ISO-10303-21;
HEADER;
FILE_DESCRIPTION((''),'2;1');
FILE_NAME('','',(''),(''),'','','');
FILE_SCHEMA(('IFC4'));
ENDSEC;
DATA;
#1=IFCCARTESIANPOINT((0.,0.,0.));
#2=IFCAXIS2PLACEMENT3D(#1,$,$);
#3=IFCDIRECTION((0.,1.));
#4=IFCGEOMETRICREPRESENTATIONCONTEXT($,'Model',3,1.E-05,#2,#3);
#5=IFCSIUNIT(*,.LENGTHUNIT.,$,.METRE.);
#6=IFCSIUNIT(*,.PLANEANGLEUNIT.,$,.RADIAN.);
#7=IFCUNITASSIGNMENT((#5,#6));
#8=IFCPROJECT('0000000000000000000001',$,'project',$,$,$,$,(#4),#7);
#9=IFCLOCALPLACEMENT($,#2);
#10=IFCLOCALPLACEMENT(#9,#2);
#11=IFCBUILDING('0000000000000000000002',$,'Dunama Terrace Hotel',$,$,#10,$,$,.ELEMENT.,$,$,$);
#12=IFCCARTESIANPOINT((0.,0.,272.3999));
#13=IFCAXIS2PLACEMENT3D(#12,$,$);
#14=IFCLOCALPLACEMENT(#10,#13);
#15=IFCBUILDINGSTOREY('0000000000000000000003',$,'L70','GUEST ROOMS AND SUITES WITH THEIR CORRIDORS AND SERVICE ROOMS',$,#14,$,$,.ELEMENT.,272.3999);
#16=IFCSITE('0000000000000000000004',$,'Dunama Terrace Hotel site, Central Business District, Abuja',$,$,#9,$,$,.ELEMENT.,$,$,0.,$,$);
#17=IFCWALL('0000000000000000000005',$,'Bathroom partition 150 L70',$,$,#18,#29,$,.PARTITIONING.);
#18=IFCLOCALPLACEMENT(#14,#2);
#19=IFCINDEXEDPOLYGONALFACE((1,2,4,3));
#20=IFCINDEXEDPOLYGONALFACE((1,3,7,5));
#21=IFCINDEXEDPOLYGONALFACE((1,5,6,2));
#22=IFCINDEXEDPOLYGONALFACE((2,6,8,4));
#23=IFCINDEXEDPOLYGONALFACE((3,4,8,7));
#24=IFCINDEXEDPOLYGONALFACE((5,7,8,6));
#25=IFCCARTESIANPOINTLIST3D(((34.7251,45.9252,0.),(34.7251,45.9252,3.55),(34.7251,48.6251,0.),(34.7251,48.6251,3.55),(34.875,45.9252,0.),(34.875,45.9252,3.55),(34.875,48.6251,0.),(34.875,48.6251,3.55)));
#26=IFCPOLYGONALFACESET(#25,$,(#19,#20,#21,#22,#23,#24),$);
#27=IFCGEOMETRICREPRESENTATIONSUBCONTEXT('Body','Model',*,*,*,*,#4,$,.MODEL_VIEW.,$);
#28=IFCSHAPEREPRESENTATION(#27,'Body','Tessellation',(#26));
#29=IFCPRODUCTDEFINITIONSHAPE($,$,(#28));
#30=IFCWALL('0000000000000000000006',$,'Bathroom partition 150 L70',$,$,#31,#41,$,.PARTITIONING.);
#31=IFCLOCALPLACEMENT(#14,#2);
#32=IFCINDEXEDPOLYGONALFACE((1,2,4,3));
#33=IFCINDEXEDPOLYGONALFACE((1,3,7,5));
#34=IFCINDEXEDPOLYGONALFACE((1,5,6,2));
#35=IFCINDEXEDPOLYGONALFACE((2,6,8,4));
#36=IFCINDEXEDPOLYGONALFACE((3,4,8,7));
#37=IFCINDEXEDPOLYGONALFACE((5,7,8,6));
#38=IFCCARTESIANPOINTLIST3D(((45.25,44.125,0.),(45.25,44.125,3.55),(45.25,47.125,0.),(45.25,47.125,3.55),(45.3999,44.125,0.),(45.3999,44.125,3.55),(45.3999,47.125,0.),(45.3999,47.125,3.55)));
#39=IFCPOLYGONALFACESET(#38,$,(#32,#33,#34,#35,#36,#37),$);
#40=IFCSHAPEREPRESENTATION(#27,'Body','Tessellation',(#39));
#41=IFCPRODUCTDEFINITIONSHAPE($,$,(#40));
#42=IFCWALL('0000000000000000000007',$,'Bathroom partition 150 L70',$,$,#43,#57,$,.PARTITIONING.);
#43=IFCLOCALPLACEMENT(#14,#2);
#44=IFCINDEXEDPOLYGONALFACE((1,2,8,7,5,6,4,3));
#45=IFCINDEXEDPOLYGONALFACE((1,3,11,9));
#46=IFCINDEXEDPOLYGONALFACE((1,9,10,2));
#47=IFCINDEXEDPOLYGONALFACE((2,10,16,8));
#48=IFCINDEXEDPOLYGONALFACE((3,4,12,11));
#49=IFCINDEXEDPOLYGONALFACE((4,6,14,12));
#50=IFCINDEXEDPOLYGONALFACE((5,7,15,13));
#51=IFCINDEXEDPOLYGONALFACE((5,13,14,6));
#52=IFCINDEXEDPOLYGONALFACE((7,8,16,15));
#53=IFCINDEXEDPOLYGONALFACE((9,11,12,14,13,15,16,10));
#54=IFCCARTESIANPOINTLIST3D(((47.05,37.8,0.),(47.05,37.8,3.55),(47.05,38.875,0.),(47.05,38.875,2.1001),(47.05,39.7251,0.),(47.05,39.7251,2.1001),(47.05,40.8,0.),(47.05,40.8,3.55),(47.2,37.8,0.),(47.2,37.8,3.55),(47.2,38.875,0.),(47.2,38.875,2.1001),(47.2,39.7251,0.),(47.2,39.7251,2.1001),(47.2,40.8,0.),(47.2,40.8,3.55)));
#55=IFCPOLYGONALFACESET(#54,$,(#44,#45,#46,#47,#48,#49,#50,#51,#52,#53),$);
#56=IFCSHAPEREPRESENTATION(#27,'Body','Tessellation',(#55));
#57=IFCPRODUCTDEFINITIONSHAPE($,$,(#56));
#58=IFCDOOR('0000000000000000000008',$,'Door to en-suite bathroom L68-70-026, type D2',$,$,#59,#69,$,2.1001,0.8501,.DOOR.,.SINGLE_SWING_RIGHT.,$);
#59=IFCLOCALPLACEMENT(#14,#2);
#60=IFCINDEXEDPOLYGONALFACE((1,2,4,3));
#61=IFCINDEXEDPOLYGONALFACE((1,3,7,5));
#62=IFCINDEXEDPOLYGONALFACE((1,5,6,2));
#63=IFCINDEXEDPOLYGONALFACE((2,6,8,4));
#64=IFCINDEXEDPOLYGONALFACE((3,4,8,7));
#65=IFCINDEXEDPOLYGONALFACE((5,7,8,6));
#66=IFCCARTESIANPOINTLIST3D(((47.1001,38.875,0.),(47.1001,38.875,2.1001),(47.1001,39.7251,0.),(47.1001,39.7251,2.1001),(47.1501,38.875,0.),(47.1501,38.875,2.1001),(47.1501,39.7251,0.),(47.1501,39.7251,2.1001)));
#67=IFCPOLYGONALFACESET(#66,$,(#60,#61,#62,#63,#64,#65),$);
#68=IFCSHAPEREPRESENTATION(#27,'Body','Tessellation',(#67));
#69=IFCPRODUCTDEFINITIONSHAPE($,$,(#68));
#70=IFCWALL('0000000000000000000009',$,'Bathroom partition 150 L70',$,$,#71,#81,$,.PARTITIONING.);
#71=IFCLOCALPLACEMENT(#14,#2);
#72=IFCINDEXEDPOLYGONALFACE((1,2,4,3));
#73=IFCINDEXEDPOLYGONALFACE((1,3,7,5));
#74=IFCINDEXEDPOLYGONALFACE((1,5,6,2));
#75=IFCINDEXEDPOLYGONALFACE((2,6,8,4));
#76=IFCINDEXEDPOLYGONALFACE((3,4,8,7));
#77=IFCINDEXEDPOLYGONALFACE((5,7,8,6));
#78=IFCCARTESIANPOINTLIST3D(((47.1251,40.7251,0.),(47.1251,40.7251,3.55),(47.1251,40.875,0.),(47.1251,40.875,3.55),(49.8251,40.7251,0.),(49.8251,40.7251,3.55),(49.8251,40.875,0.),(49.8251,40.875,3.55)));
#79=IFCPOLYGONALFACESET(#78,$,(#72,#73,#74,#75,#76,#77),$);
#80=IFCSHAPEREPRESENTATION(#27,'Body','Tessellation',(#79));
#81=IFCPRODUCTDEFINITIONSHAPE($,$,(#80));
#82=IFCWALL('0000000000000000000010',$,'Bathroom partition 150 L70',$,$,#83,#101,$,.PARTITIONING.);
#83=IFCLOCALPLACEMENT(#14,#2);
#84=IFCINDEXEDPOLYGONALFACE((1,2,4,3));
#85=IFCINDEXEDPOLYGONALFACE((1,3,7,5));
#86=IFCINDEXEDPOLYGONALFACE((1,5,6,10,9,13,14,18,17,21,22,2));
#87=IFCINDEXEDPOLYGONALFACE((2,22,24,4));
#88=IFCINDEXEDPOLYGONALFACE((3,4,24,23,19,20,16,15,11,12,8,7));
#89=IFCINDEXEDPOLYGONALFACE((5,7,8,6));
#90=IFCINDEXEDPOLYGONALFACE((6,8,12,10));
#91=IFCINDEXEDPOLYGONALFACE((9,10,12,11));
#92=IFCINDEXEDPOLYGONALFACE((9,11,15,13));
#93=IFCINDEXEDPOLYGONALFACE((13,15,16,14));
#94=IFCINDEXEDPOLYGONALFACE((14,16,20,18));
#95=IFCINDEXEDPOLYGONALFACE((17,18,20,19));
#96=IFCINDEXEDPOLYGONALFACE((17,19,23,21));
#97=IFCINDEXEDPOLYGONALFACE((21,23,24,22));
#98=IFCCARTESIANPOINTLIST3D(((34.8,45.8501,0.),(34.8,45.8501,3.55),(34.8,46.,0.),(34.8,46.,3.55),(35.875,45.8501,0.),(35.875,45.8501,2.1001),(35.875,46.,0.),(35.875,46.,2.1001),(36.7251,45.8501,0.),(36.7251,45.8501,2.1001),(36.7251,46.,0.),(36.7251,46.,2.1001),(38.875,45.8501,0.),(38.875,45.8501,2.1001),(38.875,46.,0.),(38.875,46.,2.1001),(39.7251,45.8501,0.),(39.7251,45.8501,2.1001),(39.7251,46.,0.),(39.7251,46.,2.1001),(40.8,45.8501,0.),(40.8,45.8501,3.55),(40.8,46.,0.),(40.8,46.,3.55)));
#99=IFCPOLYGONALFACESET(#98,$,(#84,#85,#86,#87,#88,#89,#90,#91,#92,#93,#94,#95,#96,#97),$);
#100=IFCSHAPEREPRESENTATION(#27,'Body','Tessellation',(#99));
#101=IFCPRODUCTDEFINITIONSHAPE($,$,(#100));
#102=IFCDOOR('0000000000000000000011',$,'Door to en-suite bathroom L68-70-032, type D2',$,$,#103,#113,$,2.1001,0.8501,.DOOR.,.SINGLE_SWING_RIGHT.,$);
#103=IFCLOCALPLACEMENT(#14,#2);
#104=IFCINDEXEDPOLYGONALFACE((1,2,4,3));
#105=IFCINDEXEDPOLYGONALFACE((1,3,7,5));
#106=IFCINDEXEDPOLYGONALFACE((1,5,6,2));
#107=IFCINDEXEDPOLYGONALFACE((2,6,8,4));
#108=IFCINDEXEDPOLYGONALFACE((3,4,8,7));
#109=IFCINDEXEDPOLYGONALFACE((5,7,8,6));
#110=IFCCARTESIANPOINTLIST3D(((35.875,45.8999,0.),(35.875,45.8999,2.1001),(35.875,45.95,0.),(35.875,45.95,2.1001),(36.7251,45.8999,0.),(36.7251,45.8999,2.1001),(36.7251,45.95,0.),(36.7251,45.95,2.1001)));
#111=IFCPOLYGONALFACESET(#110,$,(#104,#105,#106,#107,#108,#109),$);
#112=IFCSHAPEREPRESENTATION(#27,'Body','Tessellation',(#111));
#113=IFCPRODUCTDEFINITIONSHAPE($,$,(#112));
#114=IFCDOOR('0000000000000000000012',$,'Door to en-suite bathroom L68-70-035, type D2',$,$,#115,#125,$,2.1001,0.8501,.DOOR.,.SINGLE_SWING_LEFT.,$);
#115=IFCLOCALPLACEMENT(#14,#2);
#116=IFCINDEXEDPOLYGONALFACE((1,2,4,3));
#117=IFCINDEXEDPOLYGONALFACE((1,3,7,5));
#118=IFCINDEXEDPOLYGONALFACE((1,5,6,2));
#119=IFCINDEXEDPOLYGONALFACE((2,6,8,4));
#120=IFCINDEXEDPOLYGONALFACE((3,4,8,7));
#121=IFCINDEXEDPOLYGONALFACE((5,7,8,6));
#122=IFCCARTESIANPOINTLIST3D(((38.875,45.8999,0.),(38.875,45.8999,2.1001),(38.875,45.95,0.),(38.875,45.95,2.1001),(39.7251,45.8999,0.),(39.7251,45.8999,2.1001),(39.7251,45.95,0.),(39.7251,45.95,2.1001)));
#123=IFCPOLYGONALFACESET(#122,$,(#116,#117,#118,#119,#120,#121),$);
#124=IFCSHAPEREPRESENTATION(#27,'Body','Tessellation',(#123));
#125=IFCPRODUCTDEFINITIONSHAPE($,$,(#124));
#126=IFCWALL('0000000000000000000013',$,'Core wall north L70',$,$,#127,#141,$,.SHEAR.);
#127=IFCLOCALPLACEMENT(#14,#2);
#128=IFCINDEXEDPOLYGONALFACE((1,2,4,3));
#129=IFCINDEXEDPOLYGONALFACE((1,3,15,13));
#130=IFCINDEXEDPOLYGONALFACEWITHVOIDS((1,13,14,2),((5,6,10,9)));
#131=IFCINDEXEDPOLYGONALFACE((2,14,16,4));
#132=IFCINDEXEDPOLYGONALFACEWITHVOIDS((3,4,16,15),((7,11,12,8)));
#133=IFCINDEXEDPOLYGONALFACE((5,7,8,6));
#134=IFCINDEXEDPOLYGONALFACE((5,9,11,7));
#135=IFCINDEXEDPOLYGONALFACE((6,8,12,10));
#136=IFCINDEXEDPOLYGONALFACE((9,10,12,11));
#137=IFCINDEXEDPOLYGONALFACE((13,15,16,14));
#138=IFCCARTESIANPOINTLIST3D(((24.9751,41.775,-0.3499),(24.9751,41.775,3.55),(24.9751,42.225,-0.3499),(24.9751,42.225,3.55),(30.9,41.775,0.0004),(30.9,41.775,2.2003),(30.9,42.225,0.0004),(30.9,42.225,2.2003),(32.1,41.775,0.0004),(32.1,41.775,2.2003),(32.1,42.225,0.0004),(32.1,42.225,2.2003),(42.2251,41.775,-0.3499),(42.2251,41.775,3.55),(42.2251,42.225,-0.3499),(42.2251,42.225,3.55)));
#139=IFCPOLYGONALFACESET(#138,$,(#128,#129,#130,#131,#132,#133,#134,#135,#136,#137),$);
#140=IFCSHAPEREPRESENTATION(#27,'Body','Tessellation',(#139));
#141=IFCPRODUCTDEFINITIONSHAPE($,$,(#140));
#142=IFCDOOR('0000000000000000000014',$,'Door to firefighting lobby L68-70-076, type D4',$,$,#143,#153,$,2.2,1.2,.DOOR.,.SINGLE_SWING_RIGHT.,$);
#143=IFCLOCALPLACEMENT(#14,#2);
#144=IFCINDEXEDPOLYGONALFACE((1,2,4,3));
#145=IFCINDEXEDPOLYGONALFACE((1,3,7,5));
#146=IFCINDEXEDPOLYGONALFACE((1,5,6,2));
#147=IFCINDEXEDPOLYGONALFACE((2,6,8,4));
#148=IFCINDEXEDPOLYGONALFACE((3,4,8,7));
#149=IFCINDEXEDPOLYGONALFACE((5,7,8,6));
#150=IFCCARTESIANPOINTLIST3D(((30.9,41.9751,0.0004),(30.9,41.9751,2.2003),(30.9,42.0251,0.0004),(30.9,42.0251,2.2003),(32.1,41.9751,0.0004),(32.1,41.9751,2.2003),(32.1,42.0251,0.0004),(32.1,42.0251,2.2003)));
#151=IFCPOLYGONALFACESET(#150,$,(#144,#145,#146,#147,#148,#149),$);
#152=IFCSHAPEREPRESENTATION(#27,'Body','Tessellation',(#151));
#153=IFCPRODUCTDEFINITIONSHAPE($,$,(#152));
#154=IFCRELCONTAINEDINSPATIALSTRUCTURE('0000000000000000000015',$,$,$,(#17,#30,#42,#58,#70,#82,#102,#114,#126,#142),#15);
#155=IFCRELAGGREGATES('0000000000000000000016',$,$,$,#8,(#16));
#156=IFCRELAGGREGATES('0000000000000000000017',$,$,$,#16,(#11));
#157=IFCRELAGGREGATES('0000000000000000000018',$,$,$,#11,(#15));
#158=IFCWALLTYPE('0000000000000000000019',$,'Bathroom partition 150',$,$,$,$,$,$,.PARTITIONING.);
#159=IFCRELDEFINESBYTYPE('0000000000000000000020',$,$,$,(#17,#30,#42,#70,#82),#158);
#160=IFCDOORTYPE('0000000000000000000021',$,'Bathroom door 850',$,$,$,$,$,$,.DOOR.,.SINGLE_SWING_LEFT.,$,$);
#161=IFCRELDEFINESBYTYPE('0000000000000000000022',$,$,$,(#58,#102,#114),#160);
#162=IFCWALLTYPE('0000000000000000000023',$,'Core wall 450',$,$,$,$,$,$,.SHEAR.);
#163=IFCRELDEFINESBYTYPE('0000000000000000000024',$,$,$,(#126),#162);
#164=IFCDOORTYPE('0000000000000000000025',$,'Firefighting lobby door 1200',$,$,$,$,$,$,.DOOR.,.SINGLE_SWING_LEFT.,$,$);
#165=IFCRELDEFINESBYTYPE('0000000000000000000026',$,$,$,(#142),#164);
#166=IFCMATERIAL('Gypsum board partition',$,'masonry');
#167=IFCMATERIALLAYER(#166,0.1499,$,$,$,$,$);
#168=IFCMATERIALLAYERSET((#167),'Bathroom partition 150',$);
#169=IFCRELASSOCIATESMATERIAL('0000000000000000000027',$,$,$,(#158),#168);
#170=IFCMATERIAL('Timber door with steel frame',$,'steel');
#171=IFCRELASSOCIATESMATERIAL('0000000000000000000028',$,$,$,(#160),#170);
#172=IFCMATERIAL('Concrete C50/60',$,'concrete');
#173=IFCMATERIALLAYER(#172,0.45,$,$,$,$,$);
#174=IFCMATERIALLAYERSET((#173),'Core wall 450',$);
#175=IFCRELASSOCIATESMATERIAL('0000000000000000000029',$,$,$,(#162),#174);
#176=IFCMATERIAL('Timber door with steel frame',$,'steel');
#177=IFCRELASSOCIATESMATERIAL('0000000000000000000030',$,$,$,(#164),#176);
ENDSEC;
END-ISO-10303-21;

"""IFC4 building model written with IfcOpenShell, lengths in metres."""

from ifc_helpers import new_model, si_unit, direction, frame, frame_2d, origin, place, context, subcontext, project, spatial, rectangle, extrude, material, layer, layer_set, type_object, element, fill, save


model = new_model("IFC4")

# Units and contexts
model_context = context("Model", 3, precision=1e-05, world=origin(), true_north=direction((0.0, 1.0)))
body_context = subcontext(model_context, "Body", "Model", "MODEL_VIEW")
ifc_project = project(units=[si_unit("LENGTHUNIT", "METRE"), si_unit("PLANEANGLEUNIT", "RADIAN")], contexts=[model_context])

# Site, building, storey
site_placement = place(None, origin())
site = spatial("IfcSite", under=ifc_project, at=site_placement, Name="Dunama Terrace Hotel site, Central Business District, Abuja", CompositionType="ELEMENT", RefElevation=0.0)
building_placement = place(site_placement, origin())
building = spatial("IfcBuilding", under=site, at=building_placement, Name="Dunama Terrace Hotel", CompositionType="ELEMENT")
storey_placement = place(building_placement, frame((0.0, 0.0, 272.3999)))
storey = spatial("IfcBuildingStorey", under=building, at=storey_placement, Name="L70", Description="GUEST ROOMS AND SUITES WITH THEIR CORRIDORS AND SERVICE ROOMS", CompositionType="ELEMENT", Elevation=272.3999)

# Walls
ifc_material_1 = material(Name="Gypsum board partition", Category="masonry")
ifc_layer_1 = layer(ifc_material_1, 0.1499)
ifc_layer_set_1 = layer_set([ifc_layer_1], Name="Bathroom partition 150")
wall_type_1 = type_object("IfcWallType", Name="Bathroom partition 150", PredefinedType="PARTITIONING", material=ifc_layer_set_1)
wall_1_placement = place(storey_placement, frame((34.8, 45.925, 0.0), z_axis=(0.0, 0.0, 1.0), x_axis=(0.0, 1.0, 0.0)))
element("IfcWall", 1, at=wall_1_placement, inside=storey, type_object=wall_type_1, Name="Bathroom partition 150 L70", PredefinedType="PARTITIONING", context=body_context, shape_type="SweptSolid", body=[
    extrude(rectangle(XDim=2.7, YDim=0.1499, at=frame_2d((1.3501, 0.0))), origin(), (0.0, 0.0, 1.0), 3.55),
])
wall_2_placement = place(storey_placement, frame((45.325, 44.125, 0.0), z_axis=(0.0, 0.0, 1.0), x_axis=(0.0, 1.0, 0.0)))
element("IfcWall", 2, at=wall_2_placement, inside=storey, type_object=wall_type_1, Name="Bathroom partition 150 L70", PredefinedType="PARTITIONING", context=body_context, shape_type="SweptSolid", body=[
    extrude(rectangle(XDim=3.0, YDim=0.1499, at=frame_2d((1.5, 0.0))), origin(), (0.0, 0.0, 1.0), 3.55),
])

# Wall, opening, door
wall_3_placement = place(storey_placement, frame((47.125, 37.8, 0.0), z_axis=(0.0, 0.0, 1.0), x_axis=(0.0, 1.0, 0.0)))
wall_3 = element("IfcWall", 3, at=wall_3_placement, inside=storey, type_object=wall_type_1, Name="Bathroom partition 150 L70", PredefinedType="PARTITIONING", context=body_context, shape_type="SweptSolid", body=[
    extrude(rectangle(XDim=3.0, YDim=0.1499, at=frame_2d((1.5, 0.0))), origin(), (0.0, 0.0, 1.0), 3.55),
])
opening_1_placement = place(wall_3_placement, frame((1.075, 0.0, 0.0)))
opening_1 = element("IfcOpeningElement", 4, at=opening_1_placement, cuts=wall_3, PredefinedType="OPENING", context=body_context, shape_type="SweptSolid", body=[
    extrude(rectangle(XDim=0.8501, YDim=2.1001, at=frame_2d((0.425, 1.05))), frame((0.0, 0.085, 0.0), z_axis=(0.0, -1.0, 0.0), x_axis=(1.0, 0.0, 0.0)), (0.0, 0.0, 1.0), 0.1699),
])
ifc_material_2 = material(Name="Timber door with steel frame", Category="steel")
door_type_1 = type_object("IfcDoorType", Name="Bathroom door 850", OperationType="SINGLE_SWING_LEFT", PredefinedType="DOOR", material=ifc_material_2)
door_1_placement = place(opening_1_placement, frame((0.8501, 0.0, 0.0), z_axis=(0.0, 0.0, 1.0), x_axis=(-1.0, 0.0, 0.0)))
door_1 = element("IfcDoor", 5, at=door_1_placement, inside=storey, type_object=door_type_1, Name="Door to en-suite bathroom L68-70-026, type D2", OperationType="SINGLE_SWING_RIGHT", OverallHeight=2.1001, OverallWidth=0.8501, PredefinedType="DOOR", context=body_context, shape_type="SweptSolid", body=[
    extrude(rectangle(XDim=0.8501, YDim=2.1001, at=frame_2d((0.425, 1.05))), frame((0.0, 0.0251, 0.0), z_axis=(0.0, -1.0, 0.0), x_axis=(1.0, 0.0, 0.0)), (0.0, 0.0, 1.0), 0.05),
])
fill(opening_1, door_1)

# Wall
wall_4_placement = place(storey_placement, frame((47.125, 40.8, 0.0), z_axis=(0.0, 0.0, 1.0), x_axis=(1.0, 0.0, 0.0)))
element("IfcWall", 6, at=wall_4_placement, inside=storey, type_object=wall_type_1, Name="Bathroom partition 150 L70", PredefinedType="PARTITIONING", context=body_context, shape_type="SweptSolid", body=[
    extrude(rectangle(XDim=2.7, YDim=0.1499, at=frame_2d((1.3501, 0.0))), origin(), (0.0, 0.0, 1.0), 3.55),
])

# Wall, openings, doors
wall_5_placement = place(storey_placement, frame((34.8, 45.925, 0.0), z_axis=(0.0, 0.0, 1.0), x_axis=(1.0, 0.0, 0.0)))
wall_5 = element("IfcWall", 7, at=wall_5_placement, inside=storey, type_object=wall_type_1, Name="Bathroom partition 150 L70", PredefinedType="PARTITIONING", context=body_context, shape_type="SweptSolid", body=[
    extrude(rectangle(XDim=6.0, YDim=0.1499, at=frame_2d((3.0, 0.0))), origin(), (0.0, 0.0, 1.0), 3.55),
])
opening_2_placement = place(wall_5_placement, frame((1.075, 0.0, 0.0)))
opening_2 = element("IfcOpeningElement", 8, at=opening_2_placement, cuts=wall_5, PredefinedType="OPENING", context=body_context, shape_type="SweptSolid", body=[
    extrude(rectangle(XDim=0.8501, YDim=2.1001, at=frame_2d((0.425, 1.05))), frame((0.0, 0.085, 0.0), z_axis=(0.0, -1.0, 0.0), x_axis=(1.0, 0.0, 0.0)), (0.0, 0.0, 1.0), 0.1699),
])
opening_3_placement = place(wall_5_placement, frame((4.075, 0.0, 0.0)))
opening_3 = element("IfcOpeningElement", 9, at=opening_3_placement, cuts=wall_5, PredefinedType="OPENING", context=body_context, shape_type="SweptSolid", body=[
    extrude(rectangle(XDim=0.8501, YDim=2.1001, at=frame_2d((0.425, 1.05))), frame((0.0, 0.085, 0.0), z_axis=(0.0, -1.0, 0.0), x_axis=(1.0, 0.0, 0.0)), (0.0, 0.0, 1.0), 0.1699),
])
door_2_placement = place(opening_2_placement, origin())
door_2 = element("IfcDoor", 10, at=door_2_placement, inside=storey, type_object=door_type_1, Name="Door to en-suite bathroom L68-70-032, type D2", OperationType="SINGLE_SWING_RIGHT", OverallHeight=2.1001, OverallWidth=0.8501, PredefinedType="DOOR", context=body_context, shape_type="SweptSolid", body=[
    extrude(rectangle(XDim=0.8501, YDim=2.1001, at=frame_2d((0.425, 1.05))), frame((0.0, 0.0249, 0.0), z_axis=(0.0, -1.0, 0.0), x_axis=(1.0, 0.0, 0.0)), (0.0, 0.0, 1.0), 0.05),
])
fill(opening_2, door_2)
door_3_placement = place(opening_3_placement, origin())
door_3 = element("IfcDoor", 11, at=door_3_placement, inside=storey, type_object=door_type_1, Name="Door to en-suite bathroom L68-70-035, type D2", OperationType="SINGLE_SWING_LEFT", OverallHeight=2.1001, OverallWidth=0.8501, PredefinedType="DOOR", context=body_context, shape_type="SweptSolid", body=[
    extrude(rectangle(XDim=0.8501, YDim=2.1001, at=frame_2d((0.425, 1.05))), frame((0.0, 0.0249, 0.0), z_axis=(0.0, -1.0, 0.0), x_axis=(1.0, 0.0, 0.0)), (0.0, 0.0, 1.0), 0.05),
])
fill(opening_3, door_3)

# Wall, opening, door
ifc_material_3 = material(Name="Concrete C50/60", Category="concrete")
ifc_layer_2 = layer(ifc_material_3, 0.45)
ifc_layer_set_2 = layer_set([ifc_layer_2], Name="Core wall 450")
wall_type_2 = type_object("IfcWallType", Name="Core wall 450", PredefinedType="SHEAR", material=ifc_layer_set_2)
wall_6_placement = place(storey_placement, frame((42.2251, 42.0, -0.3499), z_axis=(0.0, 0.0, 1.0), x_axis=(-1.0, 0.0, 0.0)))
wall_6 = element("IfcWall", 12, at=wall_6_placement, inside=storey, type_object=wall_type_2, Name="Core wall north L70", PredefinedType="SHEAR", context=body_context, shape_type="SweptSolid", body=[
    extrude(rectangle(XDim=17.25, YDim=0.45, at=frame_2d((8.625, 0.0))), origin(), (0.0, 0.0, 1.0), 3.8999),
])
opening_4_placement = place(wall_6_placement, frame((10.125, 0.0, 0.3501)))
opening_4 = element("IfcOpeningElement", 13, at=opening_4_placement, cuts=wall_6, PredefinedType="OPENING", context=body_context, shape_type="SweptSolid", body=[
    extrude(rectangle(XDim=1.2, YDim=2.2, at=frame_2d((0.6001, 1.1001))), frame((0.0, 0.2349, 0.0), z_axis=(0.0, -1.0, 0.0), x_axis=(1.0, 0.0, 0.0)), (0.0, 0.0, 1.0), 0.47),
])
ifc_material_4 = material(Name="Timber door with steel frame", Category="steel")
door_type_2 = type_object("IfcDoorType", Name="Firefighting lobby door 1200", OperationType="SINGLE_SWING_LEFT", PredefinedType="DOOR", material=ifc_material_4)
door_4_placement = place(opening_4_placement, origin())
door_4 = element("IfcDoor", 14, at=door_4_placement, inside=storey, type_object=door_type_2, Name="Door to firefighting lobby L68-70-076, type D4", OperationType="SINGLE_SWING_RIGHT", OverallHeight=2.2, OverallWidth=1.2, PredefinedType="DOOR", context=body_context, shape_type="SweptSolid", body=[
    extrude(rectangle(XDim=1.2, YDim=2.2, at=frame_2d((0.6001, 1.1001))), frame((0.0, 0.0249, 0.0), z_axis=(0.0, -1.0, 0.0), x_axis=(1.0, 0.0, 0.0)), (0.0, 0.0, 1.0), 0.05),
])
fill(opening_4, door_4)

save(model, "model.ifc")
